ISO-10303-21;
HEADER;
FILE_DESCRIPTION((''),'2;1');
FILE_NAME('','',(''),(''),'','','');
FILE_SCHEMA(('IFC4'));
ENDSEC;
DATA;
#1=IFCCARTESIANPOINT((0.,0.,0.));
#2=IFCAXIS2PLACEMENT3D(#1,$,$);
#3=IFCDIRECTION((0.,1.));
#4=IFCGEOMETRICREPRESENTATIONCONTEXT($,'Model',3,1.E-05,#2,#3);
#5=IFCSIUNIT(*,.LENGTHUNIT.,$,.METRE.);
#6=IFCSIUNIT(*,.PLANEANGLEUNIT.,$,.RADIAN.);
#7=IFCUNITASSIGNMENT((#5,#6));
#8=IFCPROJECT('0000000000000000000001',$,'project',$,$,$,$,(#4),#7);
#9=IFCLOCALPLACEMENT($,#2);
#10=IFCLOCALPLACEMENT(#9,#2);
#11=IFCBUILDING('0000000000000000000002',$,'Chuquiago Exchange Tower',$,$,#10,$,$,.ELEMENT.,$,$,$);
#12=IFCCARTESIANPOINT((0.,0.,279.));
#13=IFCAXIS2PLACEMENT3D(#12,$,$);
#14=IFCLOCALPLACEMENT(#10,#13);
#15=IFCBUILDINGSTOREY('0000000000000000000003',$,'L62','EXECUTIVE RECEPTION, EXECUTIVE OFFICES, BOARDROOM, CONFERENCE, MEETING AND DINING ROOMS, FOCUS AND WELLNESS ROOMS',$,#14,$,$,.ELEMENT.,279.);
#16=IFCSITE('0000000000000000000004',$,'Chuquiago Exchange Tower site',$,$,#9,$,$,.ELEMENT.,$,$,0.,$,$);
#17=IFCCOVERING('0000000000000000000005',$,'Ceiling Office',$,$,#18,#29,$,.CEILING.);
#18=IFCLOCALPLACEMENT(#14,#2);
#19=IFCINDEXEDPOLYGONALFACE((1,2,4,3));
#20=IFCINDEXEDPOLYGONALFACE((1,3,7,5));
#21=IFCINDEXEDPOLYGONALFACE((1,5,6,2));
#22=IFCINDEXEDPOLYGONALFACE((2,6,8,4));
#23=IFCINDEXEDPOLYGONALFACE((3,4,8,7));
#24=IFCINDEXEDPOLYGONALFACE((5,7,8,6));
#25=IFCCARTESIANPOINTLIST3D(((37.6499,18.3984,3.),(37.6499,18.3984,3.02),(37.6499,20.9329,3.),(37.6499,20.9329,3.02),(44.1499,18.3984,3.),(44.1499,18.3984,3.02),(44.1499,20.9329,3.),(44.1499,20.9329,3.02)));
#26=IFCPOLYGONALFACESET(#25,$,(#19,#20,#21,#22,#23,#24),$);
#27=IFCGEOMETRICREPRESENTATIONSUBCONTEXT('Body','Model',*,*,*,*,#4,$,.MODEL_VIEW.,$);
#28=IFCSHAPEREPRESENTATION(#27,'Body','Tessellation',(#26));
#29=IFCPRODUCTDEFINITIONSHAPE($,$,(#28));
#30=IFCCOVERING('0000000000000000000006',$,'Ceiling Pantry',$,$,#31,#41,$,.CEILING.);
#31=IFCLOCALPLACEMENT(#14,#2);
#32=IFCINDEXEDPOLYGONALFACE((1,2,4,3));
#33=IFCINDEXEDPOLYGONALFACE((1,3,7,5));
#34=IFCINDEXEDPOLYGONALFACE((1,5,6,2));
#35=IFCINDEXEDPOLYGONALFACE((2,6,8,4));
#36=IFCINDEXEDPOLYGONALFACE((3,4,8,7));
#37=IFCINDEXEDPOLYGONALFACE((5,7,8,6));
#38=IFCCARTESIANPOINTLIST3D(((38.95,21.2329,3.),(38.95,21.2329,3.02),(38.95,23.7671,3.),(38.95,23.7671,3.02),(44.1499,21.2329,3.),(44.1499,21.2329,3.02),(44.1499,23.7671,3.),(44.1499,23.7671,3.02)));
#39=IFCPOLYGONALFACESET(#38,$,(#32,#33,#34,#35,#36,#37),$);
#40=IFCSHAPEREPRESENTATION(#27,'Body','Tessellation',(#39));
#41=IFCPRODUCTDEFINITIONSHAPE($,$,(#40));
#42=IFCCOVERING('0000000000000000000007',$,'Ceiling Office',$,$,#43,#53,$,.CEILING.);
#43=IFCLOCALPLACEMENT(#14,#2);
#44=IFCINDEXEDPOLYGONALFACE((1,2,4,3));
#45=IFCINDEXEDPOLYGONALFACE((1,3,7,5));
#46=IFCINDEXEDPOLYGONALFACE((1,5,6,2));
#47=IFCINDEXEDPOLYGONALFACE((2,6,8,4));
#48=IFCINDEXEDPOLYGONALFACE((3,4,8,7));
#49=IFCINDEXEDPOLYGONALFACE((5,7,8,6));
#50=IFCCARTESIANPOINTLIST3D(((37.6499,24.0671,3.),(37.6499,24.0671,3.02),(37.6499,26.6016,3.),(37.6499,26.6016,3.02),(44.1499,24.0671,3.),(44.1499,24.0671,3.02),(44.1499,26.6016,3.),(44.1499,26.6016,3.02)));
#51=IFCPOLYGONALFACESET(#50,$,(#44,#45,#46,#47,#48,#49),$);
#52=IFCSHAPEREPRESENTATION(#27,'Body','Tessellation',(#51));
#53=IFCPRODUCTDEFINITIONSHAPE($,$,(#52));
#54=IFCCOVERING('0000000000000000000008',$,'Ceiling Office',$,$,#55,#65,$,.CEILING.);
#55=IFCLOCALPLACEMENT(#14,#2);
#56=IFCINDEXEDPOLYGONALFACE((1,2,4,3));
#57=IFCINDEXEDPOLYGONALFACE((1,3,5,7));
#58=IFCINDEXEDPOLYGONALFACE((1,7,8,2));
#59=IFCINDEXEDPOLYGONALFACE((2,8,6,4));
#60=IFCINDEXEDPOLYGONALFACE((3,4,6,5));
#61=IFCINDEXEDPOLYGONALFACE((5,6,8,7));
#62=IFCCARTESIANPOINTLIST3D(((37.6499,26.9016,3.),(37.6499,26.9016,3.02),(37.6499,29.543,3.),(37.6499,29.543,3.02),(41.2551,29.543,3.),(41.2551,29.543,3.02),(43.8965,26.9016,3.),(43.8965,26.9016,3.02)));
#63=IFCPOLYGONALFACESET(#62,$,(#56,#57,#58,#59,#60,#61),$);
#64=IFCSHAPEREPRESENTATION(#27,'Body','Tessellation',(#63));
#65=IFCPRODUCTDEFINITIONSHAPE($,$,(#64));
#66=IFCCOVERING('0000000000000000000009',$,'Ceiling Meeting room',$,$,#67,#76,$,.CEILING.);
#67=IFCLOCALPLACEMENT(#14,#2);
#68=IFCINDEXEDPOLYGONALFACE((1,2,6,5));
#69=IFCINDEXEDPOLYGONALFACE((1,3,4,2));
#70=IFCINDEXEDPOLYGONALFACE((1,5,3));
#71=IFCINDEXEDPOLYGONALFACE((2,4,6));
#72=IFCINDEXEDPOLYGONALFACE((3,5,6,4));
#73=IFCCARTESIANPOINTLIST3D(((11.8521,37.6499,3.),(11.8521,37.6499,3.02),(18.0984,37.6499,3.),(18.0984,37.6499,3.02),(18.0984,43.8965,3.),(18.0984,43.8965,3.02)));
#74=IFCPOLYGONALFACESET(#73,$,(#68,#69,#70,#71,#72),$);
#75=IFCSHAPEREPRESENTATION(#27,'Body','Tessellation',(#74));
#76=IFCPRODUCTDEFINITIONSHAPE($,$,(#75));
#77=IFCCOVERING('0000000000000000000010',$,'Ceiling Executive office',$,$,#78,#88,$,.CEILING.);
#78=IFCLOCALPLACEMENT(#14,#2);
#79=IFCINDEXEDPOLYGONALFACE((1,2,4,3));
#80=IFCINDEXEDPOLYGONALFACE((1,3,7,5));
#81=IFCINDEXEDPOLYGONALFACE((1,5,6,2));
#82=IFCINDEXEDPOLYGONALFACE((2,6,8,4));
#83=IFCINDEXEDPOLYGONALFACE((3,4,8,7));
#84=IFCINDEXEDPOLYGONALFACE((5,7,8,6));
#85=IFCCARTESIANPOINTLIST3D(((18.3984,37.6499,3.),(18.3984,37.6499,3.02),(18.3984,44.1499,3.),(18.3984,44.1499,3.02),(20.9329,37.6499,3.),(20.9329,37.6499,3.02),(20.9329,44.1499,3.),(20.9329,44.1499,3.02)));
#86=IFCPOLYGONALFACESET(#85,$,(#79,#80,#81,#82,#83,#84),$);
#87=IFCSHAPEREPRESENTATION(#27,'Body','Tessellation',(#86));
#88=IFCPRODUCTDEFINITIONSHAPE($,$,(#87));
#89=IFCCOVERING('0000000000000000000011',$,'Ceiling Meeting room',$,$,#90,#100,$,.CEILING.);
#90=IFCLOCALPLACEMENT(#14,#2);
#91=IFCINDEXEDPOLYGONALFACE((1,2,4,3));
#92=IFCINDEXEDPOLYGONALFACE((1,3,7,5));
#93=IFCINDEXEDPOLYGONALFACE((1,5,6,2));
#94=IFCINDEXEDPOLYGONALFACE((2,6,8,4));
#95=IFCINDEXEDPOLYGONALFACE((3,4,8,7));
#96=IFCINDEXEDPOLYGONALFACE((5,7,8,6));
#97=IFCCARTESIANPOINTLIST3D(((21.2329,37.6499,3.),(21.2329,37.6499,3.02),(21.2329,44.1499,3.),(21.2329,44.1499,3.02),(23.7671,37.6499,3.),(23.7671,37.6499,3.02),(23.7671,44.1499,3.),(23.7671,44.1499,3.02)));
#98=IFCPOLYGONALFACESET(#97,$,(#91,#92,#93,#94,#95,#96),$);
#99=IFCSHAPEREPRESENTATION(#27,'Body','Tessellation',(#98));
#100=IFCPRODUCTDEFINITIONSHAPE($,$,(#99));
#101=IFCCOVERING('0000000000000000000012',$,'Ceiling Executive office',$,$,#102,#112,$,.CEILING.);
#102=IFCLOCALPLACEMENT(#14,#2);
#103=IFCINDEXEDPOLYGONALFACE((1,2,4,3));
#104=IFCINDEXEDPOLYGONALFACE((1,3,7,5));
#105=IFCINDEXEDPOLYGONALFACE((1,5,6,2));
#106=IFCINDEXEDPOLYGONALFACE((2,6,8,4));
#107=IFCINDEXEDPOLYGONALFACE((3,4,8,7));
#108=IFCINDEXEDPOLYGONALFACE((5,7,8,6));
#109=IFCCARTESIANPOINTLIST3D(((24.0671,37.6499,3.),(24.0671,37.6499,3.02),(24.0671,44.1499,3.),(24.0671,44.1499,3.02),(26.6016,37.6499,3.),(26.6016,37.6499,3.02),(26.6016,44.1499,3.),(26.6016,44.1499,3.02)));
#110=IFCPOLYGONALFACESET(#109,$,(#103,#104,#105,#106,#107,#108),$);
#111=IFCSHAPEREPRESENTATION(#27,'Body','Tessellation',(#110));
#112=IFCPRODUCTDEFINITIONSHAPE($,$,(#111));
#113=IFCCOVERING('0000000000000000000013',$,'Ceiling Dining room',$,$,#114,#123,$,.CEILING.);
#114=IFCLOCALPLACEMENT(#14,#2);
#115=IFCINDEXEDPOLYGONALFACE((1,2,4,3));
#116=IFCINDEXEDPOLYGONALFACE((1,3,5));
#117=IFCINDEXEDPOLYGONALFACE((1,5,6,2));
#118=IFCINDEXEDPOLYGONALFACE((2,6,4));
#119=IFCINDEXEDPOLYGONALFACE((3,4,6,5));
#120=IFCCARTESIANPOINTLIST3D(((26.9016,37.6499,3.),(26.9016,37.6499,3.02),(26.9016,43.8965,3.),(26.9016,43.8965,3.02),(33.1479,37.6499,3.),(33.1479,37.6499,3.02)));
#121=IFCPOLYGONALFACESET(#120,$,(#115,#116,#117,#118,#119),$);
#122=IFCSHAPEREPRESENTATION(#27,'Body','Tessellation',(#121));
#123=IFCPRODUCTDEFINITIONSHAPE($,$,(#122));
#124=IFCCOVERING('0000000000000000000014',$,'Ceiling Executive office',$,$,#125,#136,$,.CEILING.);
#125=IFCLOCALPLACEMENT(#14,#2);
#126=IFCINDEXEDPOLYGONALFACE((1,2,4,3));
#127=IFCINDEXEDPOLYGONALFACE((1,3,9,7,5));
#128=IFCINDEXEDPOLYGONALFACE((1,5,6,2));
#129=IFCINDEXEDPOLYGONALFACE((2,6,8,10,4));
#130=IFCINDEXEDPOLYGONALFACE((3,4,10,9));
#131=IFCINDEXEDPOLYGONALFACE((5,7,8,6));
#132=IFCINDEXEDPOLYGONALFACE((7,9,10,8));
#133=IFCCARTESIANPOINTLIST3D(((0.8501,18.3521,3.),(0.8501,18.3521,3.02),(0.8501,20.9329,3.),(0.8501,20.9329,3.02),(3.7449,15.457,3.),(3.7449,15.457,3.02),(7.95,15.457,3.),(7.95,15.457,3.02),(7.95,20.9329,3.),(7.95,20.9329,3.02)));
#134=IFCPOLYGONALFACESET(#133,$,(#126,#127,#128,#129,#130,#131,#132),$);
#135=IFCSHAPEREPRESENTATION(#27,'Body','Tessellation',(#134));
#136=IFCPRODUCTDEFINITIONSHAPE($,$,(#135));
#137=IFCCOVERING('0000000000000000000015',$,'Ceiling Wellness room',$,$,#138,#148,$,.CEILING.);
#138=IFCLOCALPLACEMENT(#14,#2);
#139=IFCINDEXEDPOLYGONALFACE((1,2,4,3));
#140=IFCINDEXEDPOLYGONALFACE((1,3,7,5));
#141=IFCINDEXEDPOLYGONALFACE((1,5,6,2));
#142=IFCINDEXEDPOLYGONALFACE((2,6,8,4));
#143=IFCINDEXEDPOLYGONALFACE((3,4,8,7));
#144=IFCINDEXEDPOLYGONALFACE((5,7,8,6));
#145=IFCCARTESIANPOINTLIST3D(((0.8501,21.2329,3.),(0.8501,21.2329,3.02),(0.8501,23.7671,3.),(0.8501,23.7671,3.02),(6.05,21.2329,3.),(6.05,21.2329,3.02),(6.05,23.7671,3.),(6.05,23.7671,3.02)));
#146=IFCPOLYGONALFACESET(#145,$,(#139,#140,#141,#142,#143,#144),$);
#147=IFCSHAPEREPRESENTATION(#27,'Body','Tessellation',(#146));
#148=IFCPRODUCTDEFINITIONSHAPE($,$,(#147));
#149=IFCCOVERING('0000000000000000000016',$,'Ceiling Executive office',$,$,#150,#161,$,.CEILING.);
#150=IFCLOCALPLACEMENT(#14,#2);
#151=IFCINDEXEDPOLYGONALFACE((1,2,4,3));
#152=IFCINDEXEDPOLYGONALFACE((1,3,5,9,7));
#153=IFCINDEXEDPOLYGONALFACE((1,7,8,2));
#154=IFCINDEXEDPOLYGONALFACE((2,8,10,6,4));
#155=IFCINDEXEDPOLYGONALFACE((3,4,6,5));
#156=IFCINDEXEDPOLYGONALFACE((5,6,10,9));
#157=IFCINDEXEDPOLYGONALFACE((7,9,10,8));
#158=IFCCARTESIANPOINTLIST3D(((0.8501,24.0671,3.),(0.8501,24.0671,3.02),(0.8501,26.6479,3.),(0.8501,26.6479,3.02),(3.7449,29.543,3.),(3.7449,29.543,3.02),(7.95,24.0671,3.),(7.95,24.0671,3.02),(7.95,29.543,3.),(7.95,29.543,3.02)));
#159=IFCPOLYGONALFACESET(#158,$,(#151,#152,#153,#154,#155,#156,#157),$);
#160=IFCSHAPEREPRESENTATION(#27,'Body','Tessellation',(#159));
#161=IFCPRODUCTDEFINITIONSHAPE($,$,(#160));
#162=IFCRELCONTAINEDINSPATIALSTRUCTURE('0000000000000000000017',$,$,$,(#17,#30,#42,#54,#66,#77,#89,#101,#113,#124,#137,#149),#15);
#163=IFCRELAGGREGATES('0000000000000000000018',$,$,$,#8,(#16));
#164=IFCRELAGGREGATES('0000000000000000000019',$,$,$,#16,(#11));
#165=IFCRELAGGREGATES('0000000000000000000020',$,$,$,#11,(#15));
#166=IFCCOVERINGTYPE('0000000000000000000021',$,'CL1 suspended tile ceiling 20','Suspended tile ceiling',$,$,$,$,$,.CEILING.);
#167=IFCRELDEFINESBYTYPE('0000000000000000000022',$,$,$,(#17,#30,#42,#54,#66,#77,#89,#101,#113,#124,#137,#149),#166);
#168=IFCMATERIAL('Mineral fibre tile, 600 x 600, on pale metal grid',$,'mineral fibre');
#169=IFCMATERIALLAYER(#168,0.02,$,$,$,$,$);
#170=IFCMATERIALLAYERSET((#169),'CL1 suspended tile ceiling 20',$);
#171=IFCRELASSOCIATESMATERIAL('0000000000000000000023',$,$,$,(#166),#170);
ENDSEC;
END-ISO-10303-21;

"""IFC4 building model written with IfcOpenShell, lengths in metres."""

from ifc_helpers import new_model, si_unit, direction, frame, origin, place, context, subcontext, project, spatial, polyline, outline, extrude, material, layer, layer_set, type_object, element, save


model = new_model("IFC4")

# Units and contexts
model_context = context("Model", 3, precision=1e-05, world=origin(), true_north=direction((0.0, 1.0)))
body_context = subcontext(model_context, "Body", "Model", "MODEL_VIEW")
ifc_project = project(units=[si_unit("LENGTHUNIT", "METRE"), si_unit("PLANEANGLEUNIT", "RADIAN")], contexts=[model_context])

# Site, building, storey
site_placement = place(None, origin())
site = spatial("IfcSite", under=ifc_project, at=site_placement, Name="Chuquiago Exchange Tower site", CompositionType="ELEMENT", RefElevation=0.0)
building_placement = place(site_placement, origin())
building = spatial("IfcBuilding", under=site, at=building_placement, Name="Chuquiago Exchange Tower", CompositionType="ELEMENT")
storey_placement = place(building_placement, frame((0.0, 0.0, 279.0)))
storey = spatial("IfcBuildingStorey", under=building, at=storey_placement, Name="L62", Description="EXECUTIVE RECEPTION, EXECUTIVE OFFICES, BOARDROOM, CONFERENCE, MEETING AND DINING ROOMS, FOCUS AND WELLNESS ROOMS", CompositionType="ELEMENT", Elevation=279.0)

# Coverings
ifc_material_1 = material(Name="Mineral fibre tile, 600 x 600, on pale metal grid", Category="mineral fibre")
ifc_layer_1 = layer(ifc_material_1, 0.02)
ifc_layer_set_1 = layer_set([ifc_layer_1], Name="CL1 suspended tile ceiling 20")
covering_type_1 = type_object("IfcCoveringType", Name="CL1 suspended tile ceiling 20", Description="Suspended tile ceiling", PredefinedType="CEILING", material=ifc_layer_set_1)
covering_1_placement = place(storey_placement, frame((0.0, 0.0, 3.0)))
element("IfcCovering", 1, at=covering_1_placement, inside=storey, type_object=covering_type_1, Name="Ceiling Office", PredefinedType="CEILING", context=body_context, shape_type="SweptSolid", body=[
    extrude(outline(polyline([(37.6499, 18.3984), (37.6499, 20.9329), (44.1499, 20.9329), (44.1499, 18.3984), (37.6499, 18.3984)])), origin(), (0.0, 0.0, 1.0), 0.02),
])
covering_2_placement = place(storey_placement, frame((0.0, 0.0, 3.0)))
element("IfcCovering", 2, at=covering_2_placement, inside=storey, type_object=covering_type_1, Name="Ceiling Pantry", PredefinedType="CEILING", context=body_context, shape_type="SweptSolid", body=[
    extrude(outline(polyline([(38.95, 21.2329), (38.95, 23.7671), (44.1499, 23.7671), (44.1499, 21.2329), (38.95, 21.2329)])), origin(), (0.0, 0.0, 1.0), 0.02),
])
covering_3_placement = place(storey_placement, frame((0.0, 0.0, 3.0)))
element("IfcCovering", 3, at=covering_3_placement, inside=storey, type_object=covering_type_1, Name="Ceiling Office", PredefinedType="CEILING", context=body_context, shape_type="SweptSolid", body=[
    extrude(outline(polyline([(44.1499, 24.0671), (37.6499, 24.0671), (37.6499, 26.6016), (44.1499, 26.6016), (44.1499, 24.0671)])), origin(), (0.0, 0.0, 1.0), 0.02),
])
covering_4_placement = place(storey_placement, frame((0.0, 0.0, 3.0)))
element("IfcCovering", 4, at=covering_4_placement, inside=storey, type_object=covering_type_1, Name="Ceiling Office", PredefinedType="CEILING", context=body_context, shape_type="SweptSolid", body=[
    extrude(outline(polyline([(37.6499, 26.9016), (37.6499, 29.543), (41.2551, 29.543), (43.8965, 26.9016), (37.6499, 26.9016)])), origin(), (0.0, 0.0, 1.0), 0.02),
])
covering_5_placement = place(storey_placement, frame((0.0, 0.0, 3.0)))
element("IfcCovering", 5, at=covering_5_placement, inside=storey, type_object=covering_type_1, Name="Ceiling Meeting room", PredefinedType="CEILING", context=body_context, shape_type="SweptSolid", body=[
    extrude(outline(polyline([(18.0984, 37.6499), (11.8521, 37.6499), (18.0984, 43.8965), (18.0984, 37.6499)])), origin(), (0.0, 0.0, 1.0), 0.02),
])
covering_6_placement = place(storey_placement, frame((0.0, 0.0, 3.0)))
element("IfcCovering", 6, at=covering_6_placement, inside=storey, type_object=covering_type_1, Name="Ceiling Executive office", PredefinedType="CEILING", context=body_context, shape_type="SweptSolid", body=[
    extrude(outline(polyline([(20.9329, 44.1499), (20.9329, 37.6499), (18.3984, 37.6499), (18.3984, 44.1499), (20.9329, 44.1499)])), origin(), (0.0, 0.0, 1.0), 0.02),
])
covering_7_placement = place(storey_placement, frame((0.0, 0.0, 3.0)))
element("IfcCovering", 7, at=covering_7_placement, inside=storey, type_object=covering_type_1, Name="Ceiling Meeting room", PredefinedType="CEILING", context=body_context, shape_type="SweptSolid", body=[
    extrude(outline(polyline([(23.7671, 37.6499), (21.2329, 37.6499), (21.2329, 44.1499), (23.7671, 44.1499), (23.7671, 37.6499)])), origin(), (0.0, 0.0, 1.0), 0.02),
])
covering_8_placement = place(storey_placement, frame((0.0, 0.0, 3.0)))
element("IfcCovering", 8, at=covering_8_placement, inside=storey, type_object=covering_type_1, Name="Ceiling Executive office", PredefinedType="CEILING", context=body_context, shape_type="SweptSolid", body=[
    extrude(outline(polyline([(26.6016, 37.6499), (24.0671, 37.6499), (24.0671, 44.1499), (26.6016, 44.1499), (26.6016, 37.6499)])), origin(), (0.0, 0.0, 1.0), 0.02),
])
covering_9_placement = place(storey_placement, frame((0.0, 0.0, 3.0)))
element("IfcCovering", 9, at=covering_9_placement, inside=storey, type_object=covering_type_1, Name="Ceiling Dining room", PredefinedType="CEILING", context=body_context, shape_type="SweptSolid", body=[
    extrude(outline(polyline([(26.9016, 37.6499), (26.9016, 43.8965), (33.1479, 37.6499), (26.9016, 37.6499)])), origin(), (0.0, 0.0, 1.0), 0.02),
])
covering_10_placement = place(storey_placement, frame((0.0, 0.0, 3.0)))
element("IfcCovering", 10, at=covering_10_placement, inside=storey, type_object=covering_type_1, Name="Ceiling Executive office", PredefinedType="CEILING", context=body_context, shape_type="SweptSolid", body=[
    extrude(outline(polyline([(7.95, 20.9329), (7.95, 15.457), (3.7449, 15.457), (0.8501, 18.3521), (0.8501, 20.9329), (7.95, 20.9329)])), origin(), (0.0, 0.0, 1.0), 0.02),
])
covering_11_placement = place(storey_placement, frame((0.0, 0.0, 3.0)))
element("IfcCovering", 11, at=covering_11_placement, inside=storey, type_object=covering_type_1, Name="Ceiling Wellness room", PredefinedType="CEILING", context=body_context, shape_type="SweptSolid", body=[
    extrude(outline(polyline([(6.05, 23.7671), (6.05, 21.2329), (0.8501, 21.2329), (0.8501, 23.7671), (6.05, 23.7671)])), origin(), (0.0, 0.0, 1.0), 0.02),
])
covering_12_placement = place(storey_placement, frame((0.0, 0.0, 3.0)))
element("IfcCovering", 12, at=covering_12_placement, inside=storey, type_object=covering_type_1, Name="Ceiling Executive office", PredefinedType="CEILING", context=body_context, shape_type="SweptSolid", body=[
    extrude(outline(polyline([(3.7449, 29.543), (7.95, 29.543), (7.95, 24.0671), (0.8501, 24.0671), (0.8501, 26.6479), (3.7449, 29.543)])), origin(), (0.0, 0.0, 1.0), 0.02),
])

save(model, "model.ifc")
